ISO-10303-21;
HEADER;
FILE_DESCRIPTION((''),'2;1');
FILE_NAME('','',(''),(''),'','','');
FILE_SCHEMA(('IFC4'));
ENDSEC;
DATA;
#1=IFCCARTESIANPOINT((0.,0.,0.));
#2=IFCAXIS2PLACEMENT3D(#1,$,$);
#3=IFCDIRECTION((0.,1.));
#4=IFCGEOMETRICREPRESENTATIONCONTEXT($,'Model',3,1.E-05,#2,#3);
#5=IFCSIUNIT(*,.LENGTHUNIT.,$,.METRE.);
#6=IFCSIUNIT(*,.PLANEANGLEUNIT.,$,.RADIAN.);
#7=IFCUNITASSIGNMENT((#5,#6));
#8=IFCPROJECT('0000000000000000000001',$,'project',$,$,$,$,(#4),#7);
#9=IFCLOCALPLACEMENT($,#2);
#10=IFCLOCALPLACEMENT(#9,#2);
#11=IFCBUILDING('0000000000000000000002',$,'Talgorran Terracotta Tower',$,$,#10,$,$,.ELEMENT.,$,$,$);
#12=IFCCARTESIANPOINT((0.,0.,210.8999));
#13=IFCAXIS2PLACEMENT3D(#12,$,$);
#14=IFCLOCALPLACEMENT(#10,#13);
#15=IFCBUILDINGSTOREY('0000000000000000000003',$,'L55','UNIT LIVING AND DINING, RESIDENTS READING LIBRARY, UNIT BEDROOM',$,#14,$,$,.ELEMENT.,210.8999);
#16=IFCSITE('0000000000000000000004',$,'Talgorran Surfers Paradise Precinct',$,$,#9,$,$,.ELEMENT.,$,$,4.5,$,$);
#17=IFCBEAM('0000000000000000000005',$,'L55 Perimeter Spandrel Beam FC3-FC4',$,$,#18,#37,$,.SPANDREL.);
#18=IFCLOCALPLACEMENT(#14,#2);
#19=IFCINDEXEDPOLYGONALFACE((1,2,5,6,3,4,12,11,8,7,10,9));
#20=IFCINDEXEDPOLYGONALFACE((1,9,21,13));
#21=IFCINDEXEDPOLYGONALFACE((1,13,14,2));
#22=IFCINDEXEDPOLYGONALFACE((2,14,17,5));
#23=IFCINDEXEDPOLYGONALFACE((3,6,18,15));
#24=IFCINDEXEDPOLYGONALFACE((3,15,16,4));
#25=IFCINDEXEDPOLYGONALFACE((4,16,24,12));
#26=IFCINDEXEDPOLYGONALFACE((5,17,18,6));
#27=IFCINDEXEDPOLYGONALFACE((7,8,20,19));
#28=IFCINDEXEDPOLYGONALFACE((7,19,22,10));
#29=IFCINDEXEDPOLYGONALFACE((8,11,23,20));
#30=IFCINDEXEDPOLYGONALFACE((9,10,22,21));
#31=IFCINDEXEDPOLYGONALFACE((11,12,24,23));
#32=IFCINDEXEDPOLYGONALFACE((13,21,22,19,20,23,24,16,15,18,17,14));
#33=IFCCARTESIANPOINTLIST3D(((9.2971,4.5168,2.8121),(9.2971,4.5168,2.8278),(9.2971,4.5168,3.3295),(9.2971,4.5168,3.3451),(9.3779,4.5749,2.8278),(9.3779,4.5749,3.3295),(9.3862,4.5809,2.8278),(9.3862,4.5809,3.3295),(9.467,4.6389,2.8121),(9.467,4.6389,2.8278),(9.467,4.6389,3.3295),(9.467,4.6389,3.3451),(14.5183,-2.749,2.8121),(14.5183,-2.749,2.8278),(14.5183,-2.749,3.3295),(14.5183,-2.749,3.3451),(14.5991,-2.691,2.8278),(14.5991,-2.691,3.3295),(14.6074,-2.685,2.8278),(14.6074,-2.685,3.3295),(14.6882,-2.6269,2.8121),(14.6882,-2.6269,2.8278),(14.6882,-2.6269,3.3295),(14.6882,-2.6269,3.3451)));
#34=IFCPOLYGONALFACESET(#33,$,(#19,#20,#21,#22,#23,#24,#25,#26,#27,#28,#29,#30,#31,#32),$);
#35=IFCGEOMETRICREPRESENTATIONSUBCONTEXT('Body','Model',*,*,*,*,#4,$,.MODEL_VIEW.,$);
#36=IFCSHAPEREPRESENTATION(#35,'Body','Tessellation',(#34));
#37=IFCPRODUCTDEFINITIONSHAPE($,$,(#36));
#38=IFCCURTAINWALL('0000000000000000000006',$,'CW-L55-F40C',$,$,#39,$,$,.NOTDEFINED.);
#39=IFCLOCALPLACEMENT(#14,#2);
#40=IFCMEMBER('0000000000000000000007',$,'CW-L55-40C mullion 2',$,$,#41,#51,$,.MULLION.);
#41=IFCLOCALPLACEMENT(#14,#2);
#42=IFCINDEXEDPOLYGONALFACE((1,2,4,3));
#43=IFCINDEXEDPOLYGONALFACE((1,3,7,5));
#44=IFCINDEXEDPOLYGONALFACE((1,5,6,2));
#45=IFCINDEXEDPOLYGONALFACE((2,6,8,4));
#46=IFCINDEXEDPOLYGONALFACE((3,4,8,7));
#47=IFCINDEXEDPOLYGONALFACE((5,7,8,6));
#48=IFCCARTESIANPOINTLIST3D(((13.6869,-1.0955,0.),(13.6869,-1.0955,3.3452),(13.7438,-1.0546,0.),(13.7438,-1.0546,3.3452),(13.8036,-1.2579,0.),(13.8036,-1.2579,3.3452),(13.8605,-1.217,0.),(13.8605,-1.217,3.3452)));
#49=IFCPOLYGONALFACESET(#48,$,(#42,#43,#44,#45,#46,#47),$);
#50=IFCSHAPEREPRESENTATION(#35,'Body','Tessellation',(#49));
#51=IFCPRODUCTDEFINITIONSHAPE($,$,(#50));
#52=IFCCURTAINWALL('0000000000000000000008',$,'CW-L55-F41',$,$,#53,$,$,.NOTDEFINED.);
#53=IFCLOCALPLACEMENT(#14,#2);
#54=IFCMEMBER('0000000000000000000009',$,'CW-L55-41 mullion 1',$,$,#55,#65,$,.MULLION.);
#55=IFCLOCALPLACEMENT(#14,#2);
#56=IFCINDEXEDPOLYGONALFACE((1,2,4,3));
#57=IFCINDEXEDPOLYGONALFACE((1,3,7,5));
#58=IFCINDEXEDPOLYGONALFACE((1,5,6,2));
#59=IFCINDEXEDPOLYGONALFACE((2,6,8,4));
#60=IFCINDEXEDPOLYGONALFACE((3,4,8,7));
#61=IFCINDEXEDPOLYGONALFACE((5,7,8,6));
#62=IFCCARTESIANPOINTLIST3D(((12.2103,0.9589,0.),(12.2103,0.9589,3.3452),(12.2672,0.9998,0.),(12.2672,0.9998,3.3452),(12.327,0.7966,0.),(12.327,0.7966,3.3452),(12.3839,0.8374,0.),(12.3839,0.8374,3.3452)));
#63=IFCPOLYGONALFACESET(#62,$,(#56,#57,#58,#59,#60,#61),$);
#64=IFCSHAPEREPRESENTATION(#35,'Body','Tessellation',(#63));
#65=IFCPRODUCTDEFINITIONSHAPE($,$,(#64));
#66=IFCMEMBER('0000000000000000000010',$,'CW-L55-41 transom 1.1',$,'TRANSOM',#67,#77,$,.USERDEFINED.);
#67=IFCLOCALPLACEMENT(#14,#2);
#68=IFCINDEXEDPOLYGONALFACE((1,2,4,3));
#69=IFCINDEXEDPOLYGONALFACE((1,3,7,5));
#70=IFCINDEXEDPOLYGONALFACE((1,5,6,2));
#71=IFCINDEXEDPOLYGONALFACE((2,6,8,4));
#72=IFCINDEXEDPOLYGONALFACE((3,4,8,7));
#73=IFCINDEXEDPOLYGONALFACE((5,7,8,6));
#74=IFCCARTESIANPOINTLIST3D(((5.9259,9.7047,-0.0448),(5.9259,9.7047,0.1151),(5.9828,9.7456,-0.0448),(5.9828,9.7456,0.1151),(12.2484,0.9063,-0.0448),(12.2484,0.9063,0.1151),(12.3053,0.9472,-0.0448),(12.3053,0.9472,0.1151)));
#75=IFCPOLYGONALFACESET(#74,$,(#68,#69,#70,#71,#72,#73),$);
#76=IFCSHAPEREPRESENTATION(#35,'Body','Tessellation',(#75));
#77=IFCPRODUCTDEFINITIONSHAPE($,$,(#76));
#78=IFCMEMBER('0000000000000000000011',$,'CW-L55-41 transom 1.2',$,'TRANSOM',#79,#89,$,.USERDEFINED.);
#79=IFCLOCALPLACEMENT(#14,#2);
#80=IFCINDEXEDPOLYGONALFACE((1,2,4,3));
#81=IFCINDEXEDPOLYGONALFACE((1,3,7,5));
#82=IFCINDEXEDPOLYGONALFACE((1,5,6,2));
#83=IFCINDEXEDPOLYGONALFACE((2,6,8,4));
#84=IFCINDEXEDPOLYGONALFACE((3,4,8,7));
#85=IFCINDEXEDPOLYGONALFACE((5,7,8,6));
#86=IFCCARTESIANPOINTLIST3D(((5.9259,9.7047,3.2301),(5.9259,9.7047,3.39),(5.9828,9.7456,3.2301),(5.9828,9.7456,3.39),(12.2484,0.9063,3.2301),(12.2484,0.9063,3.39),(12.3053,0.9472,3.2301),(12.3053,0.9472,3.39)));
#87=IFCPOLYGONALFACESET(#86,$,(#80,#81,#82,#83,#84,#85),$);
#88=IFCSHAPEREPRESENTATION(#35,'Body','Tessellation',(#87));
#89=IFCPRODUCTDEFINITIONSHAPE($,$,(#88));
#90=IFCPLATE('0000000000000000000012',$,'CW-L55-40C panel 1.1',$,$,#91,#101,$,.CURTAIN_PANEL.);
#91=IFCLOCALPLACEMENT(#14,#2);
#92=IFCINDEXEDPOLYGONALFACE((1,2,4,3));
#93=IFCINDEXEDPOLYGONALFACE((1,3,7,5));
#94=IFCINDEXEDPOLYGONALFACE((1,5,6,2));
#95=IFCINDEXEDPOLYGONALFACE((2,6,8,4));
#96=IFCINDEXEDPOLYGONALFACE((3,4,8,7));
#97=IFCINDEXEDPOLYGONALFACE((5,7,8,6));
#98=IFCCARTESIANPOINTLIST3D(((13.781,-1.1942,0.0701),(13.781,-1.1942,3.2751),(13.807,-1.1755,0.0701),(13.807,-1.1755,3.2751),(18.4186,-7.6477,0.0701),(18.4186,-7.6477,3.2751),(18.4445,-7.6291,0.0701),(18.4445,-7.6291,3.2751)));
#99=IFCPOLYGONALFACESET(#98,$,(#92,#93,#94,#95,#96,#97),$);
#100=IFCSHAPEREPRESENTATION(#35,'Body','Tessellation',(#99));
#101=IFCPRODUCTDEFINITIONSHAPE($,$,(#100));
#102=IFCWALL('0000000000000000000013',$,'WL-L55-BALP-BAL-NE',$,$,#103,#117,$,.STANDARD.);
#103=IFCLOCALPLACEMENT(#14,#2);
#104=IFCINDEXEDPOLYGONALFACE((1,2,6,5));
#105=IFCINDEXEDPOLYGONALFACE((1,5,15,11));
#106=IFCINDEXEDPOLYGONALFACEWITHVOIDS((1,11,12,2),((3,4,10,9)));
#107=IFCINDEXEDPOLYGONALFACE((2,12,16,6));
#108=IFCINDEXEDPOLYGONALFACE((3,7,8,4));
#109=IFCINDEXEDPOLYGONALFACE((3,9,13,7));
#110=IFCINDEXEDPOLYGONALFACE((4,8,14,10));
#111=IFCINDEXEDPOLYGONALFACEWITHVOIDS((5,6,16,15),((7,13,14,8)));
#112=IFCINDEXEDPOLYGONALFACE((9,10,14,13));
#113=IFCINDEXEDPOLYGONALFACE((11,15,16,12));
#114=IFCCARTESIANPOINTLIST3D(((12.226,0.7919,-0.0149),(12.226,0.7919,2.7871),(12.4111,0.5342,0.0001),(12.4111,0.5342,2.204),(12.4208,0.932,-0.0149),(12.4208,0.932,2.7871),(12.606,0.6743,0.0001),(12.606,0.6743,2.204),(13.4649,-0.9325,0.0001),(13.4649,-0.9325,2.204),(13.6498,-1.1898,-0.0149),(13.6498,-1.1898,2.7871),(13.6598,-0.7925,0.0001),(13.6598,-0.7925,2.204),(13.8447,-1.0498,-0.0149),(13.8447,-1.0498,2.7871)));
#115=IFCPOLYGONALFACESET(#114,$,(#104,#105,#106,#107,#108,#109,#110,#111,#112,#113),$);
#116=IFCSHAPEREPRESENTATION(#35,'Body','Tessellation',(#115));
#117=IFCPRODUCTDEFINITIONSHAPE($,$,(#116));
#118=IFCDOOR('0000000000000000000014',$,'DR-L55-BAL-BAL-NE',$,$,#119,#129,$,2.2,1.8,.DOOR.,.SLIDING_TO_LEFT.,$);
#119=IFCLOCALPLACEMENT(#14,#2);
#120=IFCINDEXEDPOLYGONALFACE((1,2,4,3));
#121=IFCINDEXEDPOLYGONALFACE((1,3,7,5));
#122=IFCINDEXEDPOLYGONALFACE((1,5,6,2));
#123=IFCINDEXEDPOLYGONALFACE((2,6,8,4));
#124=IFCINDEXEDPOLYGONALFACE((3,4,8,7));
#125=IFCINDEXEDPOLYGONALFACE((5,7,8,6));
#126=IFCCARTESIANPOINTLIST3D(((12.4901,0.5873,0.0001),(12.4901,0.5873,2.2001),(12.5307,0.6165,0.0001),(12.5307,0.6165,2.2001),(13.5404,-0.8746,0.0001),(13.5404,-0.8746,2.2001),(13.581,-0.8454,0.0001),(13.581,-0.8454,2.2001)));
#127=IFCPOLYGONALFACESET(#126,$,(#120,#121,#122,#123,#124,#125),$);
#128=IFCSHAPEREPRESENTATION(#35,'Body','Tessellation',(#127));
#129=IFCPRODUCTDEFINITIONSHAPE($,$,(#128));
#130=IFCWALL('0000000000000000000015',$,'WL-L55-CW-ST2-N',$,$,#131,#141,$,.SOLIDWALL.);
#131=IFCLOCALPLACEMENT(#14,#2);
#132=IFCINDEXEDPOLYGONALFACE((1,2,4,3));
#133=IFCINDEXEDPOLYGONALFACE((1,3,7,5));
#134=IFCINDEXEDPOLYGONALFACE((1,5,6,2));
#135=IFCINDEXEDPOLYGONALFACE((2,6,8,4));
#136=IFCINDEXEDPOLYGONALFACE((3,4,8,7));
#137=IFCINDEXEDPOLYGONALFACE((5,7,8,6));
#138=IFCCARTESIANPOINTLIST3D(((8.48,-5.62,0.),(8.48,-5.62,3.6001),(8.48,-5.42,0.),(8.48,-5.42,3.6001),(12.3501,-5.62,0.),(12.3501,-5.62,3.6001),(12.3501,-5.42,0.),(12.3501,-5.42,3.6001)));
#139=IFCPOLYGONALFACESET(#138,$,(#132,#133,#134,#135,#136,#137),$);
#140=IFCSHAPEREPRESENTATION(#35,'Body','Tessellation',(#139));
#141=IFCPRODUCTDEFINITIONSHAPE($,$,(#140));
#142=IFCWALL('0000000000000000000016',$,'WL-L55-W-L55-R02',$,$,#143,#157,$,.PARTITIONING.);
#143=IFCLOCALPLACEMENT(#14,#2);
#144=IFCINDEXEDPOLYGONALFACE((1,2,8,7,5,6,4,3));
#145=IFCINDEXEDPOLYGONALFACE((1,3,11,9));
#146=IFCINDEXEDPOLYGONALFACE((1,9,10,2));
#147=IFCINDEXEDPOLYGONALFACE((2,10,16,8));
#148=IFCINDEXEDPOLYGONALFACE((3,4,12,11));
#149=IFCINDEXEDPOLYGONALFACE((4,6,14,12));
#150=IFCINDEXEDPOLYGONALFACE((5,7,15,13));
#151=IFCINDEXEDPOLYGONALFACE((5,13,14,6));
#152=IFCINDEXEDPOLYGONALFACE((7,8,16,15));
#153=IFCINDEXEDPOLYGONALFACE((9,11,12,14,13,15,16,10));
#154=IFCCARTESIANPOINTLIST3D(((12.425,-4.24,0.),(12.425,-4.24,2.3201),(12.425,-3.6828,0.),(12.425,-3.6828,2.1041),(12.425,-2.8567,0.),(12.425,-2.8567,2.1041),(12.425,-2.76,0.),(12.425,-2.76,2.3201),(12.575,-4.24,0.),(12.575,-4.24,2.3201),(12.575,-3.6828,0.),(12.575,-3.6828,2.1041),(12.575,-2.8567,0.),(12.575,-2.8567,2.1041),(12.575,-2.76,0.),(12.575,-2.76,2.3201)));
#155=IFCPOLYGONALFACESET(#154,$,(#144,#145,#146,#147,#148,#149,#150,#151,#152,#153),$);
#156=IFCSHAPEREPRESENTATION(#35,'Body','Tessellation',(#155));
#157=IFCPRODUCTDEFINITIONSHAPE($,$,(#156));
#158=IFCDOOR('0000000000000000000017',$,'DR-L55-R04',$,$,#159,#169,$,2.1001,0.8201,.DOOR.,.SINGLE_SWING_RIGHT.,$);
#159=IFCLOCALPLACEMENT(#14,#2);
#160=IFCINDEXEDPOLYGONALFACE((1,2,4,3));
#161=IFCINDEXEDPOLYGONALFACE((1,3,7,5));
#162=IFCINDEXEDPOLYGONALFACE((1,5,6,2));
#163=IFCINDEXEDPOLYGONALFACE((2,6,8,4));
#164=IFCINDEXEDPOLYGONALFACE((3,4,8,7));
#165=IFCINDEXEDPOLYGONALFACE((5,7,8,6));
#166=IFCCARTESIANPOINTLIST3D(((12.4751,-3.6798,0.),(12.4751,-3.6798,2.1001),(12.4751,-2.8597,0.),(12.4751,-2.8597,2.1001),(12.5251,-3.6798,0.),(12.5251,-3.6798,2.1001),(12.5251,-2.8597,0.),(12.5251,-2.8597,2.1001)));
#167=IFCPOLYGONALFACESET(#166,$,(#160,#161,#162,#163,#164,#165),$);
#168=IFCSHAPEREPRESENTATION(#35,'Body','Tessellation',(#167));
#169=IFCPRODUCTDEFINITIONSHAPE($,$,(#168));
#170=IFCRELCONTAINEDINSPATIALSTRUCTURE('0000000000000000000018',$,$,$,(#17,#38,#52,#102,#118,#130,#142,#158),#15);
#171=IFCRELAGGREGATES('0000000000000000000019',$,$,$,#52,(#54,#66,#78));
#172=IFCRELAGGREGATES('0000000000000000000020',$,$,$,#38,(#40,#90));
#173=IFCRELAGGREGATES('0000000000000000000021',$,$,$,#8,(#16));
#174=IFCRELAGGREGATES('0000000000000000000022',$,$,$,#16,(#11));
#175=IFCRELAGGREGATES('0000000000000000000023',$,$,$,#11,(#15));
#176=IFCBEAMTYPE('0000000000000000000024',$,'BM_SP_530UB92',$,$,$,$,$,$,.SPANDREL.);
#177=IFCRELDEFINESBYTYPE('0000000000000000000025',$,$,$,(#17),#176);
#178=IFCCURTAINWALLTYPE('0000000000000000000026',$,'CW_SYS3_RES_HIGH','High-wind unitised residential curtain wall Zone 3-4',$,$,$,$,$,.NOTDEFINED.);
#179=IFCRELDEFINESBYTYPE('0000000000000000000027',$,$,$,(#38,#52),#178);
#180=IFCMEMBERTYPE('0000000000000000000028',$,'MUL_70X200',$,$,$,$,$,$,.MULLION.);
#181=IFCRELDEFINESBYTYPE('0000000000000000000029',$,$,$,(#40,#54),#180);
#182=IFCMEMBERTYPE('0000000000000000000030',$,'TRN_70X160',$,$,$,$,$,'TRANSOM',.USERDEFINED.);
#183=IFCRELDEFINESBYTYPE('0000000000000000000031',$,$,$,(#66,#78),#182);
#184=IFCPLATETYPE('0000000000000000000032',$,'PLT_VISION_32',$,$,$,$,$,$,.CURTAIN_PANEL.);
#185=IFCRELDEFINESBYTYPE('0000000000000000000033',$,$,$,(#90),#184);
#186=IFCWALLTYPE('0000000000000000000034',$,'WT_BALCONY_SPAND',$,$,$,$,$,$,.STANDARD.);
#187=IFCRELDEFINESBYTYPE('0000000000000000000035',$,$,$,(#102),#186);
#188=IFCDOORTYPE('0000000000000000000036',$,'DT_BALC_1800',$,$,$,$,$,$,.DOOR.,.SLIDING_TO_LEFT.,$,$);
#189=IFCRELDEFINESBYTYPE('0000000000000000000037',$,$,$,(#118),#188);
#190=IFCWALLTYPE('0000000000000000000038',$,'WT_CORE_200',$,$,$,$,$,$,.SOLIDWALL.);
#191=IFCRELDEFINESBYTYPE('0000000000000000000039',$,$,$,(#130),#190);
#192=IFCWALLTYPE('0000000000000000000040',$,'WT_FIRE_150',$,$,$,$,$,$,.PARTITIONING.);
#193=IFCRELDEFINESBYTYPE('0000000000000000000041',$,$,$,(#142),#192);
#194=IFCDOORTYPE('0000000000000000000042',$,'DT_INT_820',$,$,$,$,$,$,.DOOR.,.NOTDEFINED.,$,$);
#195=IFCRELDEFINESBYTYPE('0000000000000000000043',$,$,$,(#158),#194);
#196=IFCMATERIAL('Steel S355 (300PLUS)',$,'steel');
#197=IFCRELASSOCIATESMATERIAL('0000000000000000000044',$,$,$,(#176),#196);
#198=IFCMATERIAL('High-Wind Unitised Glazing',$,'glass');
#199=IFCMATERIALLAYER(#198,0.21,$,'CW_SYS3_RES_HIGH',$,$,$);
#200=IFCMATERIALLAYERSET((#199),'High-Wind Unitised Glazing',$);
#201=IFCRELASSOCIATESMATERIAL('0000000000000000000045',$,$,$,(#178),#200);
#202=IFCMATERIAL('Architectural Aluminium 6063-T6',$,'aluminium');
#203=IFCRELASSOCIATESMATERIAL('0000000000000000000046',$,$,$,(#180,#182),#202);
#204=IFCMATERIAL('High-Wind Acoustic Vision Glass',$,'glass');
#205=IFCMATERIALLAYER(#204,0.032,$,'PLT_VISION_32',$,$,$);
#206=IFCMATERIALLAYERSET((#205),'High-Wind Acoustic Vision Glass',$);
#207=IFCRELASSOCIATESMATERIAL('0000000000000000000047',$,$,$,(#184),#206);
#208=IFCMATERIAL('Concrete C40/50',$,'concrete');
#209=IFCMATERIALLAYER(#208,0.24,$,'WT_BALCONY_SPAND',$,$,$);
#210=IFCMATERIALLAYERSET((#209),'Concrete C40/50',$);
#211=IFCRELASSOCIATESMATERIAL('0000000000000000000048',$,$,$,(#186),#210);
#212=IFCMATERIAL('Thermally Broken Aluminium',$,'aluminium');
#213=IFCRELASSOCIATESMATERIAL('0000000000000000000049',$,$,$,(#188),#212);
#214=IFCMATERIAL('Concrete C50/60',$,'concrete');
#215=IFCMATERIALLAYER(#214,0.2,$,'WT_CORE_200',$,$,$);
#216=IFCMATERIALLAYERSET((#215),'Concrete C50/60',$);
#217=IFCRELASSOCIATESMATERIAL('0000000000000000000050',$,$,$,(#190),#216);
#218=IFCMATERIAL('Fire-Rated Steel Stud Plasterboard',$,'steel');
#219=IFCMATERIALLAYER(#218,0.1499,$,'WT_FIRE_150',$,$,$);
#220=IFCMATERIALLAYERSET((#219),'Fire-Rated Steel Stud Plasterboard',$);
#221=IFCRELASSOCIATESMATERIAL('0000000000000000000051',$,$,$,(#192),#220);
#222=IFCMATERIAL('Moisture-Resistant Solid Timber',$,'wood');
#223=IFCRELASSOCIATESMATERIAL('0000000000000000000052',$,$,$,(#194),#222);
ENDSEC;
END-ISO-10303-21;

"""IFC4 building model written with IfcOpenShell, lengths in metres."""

from ifc_helpers import new_model, si_unit, direction, frame, frame_2d, origin, origin_2d, place, context, subcontext, project, spatial, rectangle, i_section, extrude, source, transform, mapped, material, layer, layer_set, material_profile, profile_set, type_object, type_shapes, element, fill, aggregate, save


model = new_model("IFC4")

# Units and contexts
model_context = context("Model", 3, precision=1e-05, world=origin(), true_north=direction((0.0, 1.0)))
body_context = subcontext(model_context, "Body", "Model", "MODEL_VIEW")
ifc_project = project(units=[si_unit("LENGTHUNIT", "METRE"), si_unit("PLANEANGLEUNIT", "RADIAN")], contexts=[model_context])

# Site, building, storey
site_placement = place(None, origin())
site = spatial("IfcSite", under=ifc_project, at=site_placement, Name="Talgorran Surfers Paradise Precinct", CompositionType="ELEMENT", RefElevation=4.5)
building_placement = place(site_placement, origin())
building = spatial("IfcBuilding", under=site, at=building_placement, Name="Talgorran Terracotta Tower", CompositionType="ELEMENT")
storey_placement = place(building_placement, frame((0.0, 0.0, 210.8999)))
storey = spatial("IfcBuildingStorey", under=building, at=storey_placement, Name="L55", Description="UNIT LIVING AND DINING, RESIDENTS READING LIBRARY, UNIT BEDROOM", CompositionType="ELEMENT", Elevation=210.8999)

# Shared definitions
ifc_material_1 = material(Name="Steel S355 (300PLUS)", Category="steel")

# Beam
ifc_material_profile_1 = material_profile(ifc_material_1, i_section(OverallWidth=0.2092, OverallDepth=0.533, WebThickness=0.0103, FlangeThickness=0.0156, at=origin_2d()), Name="530UB92.4")
ifc_profile_set_1 = profile_set([ifc_material_profile_1], Name="Steel S355 (300PLUS)")
beam_type_1 = type_object("IfcBeamType", Name="BM_SP_530UB92", PredefinedType="SPANDREL", material=ifc_profile_set_1)
beam_1_placement = place(storey_placement, frame((14.6033, -2.688, 3.0786), z_axis=(-0.583551, 0.812076, 0.0), x_axis=(-0.812076, -0.583551, 0.0)))
element("IfcBeam", 1, at=beam_1_placement, inside=storey, type_object=beam_type_1, Name="L55 Perimeter Spandrel Beam FC3-FC4", PredefinedType="SPANDREL", context=body_context, shape_type="SweptSolid", body=[
    extrude(i_section(OverallWidth=0.2092, OverallDepth=0.533, WebThickness=0.0103, FlangeThickness=0.0156, at=origin_2d()), origin(), (0.0, 0.0, 1.0), 8.9473),
])

# Curtain wall, member
ifc_material_2 = material(Name="High-Wind Unitised Glazing", Category="glass")
ifc_layer_1 = layer(ifc_material_2, 0.21, Name="CW_SYS3_RES_HIGH")
ifc_layer_set_1 = layer_set([ifc_layer_1], Name="High-Wind Unitised Glazing")
curtain_wall_type = type_object("IfcCurtainWallType", Name="CW_SYS3_RES_HIGH", Description="High-wind unitised residential curtain wall Zone 3-4", PredefinedType="NOTDEFINED", material=ifc_layer_set_1)
curtain_wall_1_placement = place(storey_placement, origin())
curtain_wall_1 = element("IfcCurtainWall", 2, at=curtain_wall_1_placement, inside=storey, type_object=curtain_wall_type, Name="CW-L55-F40C", PredefinedType="NOTDEFINED")
ifc_material_3 = material(Name="Architectural Aluminium 6063-T6", Category="aluminium")
ifc_material_profile_2 = material_profile(ifc_material_3, rectangle(XDim=0.0701, YDim=0.2, at=origin_2d()), Name="CWM70X200")
ifc_profile_set_2 = profile_set([ifc_material_profile_2], Name="Architectural Aluminium 6063-T6")
member_type_1 = type_object("IfcMemberType", Name="MUL_70X200", PredefinedType="MULLION", material=ifc_profile_set_2)
member_1_placement = place(storey_placement, frame((13.7737, -1.1562, 0.0), z_axis=(0.0, 0.0, 1.0), x_axis=(-0.812073, -0.583557, 0.0)))
member_1 = element("IfcMember", 3, at=member_1_placement, type_object=member_type_1, Name="CW-L55-40C mullion 2", PredefinedType="MULLION", context=body_context, shape_type="SweptSolid", body=[
    extrude(rectangle(XDim=0.0701, YDim=0.2, at=origin_2d()), origin(), (0.0, 0.0, 1.0), 3.3452),
])

# Curtain wall, members
curtain_wall_2_placement = place(storey_placement, origin())
curtain_wall_2 = element("IfcCurtainWall", 4, at=curtain_wall_2_placement, inside=storey, type_object=curtain_wall_type, Name="CW-L55-F41", PredefinedType="NOTDEFINED")
member_2_placement = place(storey_placement, frame((12.2971, 0.8982, 0.0), z_axis=(0.0, 0.0, 1.0), x_axis=(-0.812079, -0.583548, 0.0)))
member_2 = element("IfcMember", 5, at=member_2_placement, type_object=member_type_1, Name="CW-L55-41 mullion 1", PredefinedType="MULLION", context=body_context, shape_type="SweptSolid", body=[
    extrude(rectangle(XDim=0.0701, YDim=0.2, at=origin_2d()), origin(), (0.0, 0.0, 1.0), 3.3452),
])
ifc_material_profile_3 = material_profile(ifc_material_3, rectangle(XDim=0.0701, YDim=0.1599, at=origin_2d()), Name="CWT70X160")
ifc_profile_set_3 = profile_set([ifc_material_profile_3], Name="Architectural Aluminium 6063-T6")
member_type_2 = type_object("IfcMemberType", Name="TRN_70X160", ElementType="TRANSOM", PredefinedType="USERDEFINED", material=ifc_profile_set_3)
member_3_placement = place(storey_placement, frame((12.2769, 0.9268, 0.0352), z_axis=(-0.583557, 0.812072, 0.0), x_axis=(-0.812072, -0.583557, 0.0)))
member_3 = element("IfcMember", 6, at=member_3_placement, type_object=member_type_2, Name="CW-L55-41 transom 1.1", ObjectType="TRANSOM", PredefinedType="USERDEFINED", context=body_context, shape_type="SweptSolid", body=[
    extrude(rectangle(XDim=0.0701, YDim=0.1599, at=origin_2d()), origin(), (0.0, 0.0, 1.0), 10.8345),
])
member_4_placement = place(storey_placement, frame((12.2769, 0.9268, 3.3101), z_axis=(-0.583557, 0.812072, 0.0), x_axis=(-0.812072, -0.583557, 0.0)))
member_4 = element("IfcMember", 7, at=member_4_placement, type_object=member_type_2, Name="CW-L55-41 transom 1.2", ObjectType="TRANSOM", PredefinedType="USERDEFINED", context=body_context, shape_type="SweptSolid", body=[
    extrude(rectangle(XDim=0.0701, YDim=0.1599, at=origin_2d()), origin(), (0.0, 0.0, 1.0), 10.8345),
])
aggregate(curtain_wall_2, [member_2, member_3, member_4])

# Plate
ifc_material_4 = material(Name="High-Wind Acoustic Vision Glass", Category="glass")
ifc_layer_2 = layer(ifc_material_4, 0.032, Name="PLT_VISION_32")
ifc_layer_set_2 = layer_set([ifc_layer_2], Name="High-Wind Acoustic Vision Glass")
plate_type = type_object("IfcPlateType", Name="PLT_VISION_32", PredefinedType="CURTAIN_PANEL", material=ifc_layer_set_2)
shared_shape = source(origin(), body_context, "Body", "SweptSolid", [
    extrude(rectangle(XDim=7.947, YDim=0.032, at=origin_2d()), origin(), (0.0, 0.0, 1.0), 3.2051),
])
type_shapes(plate_type, [shared_shape])
plate_placement = place(storey_placement, frame((16.1128, -4.4116, 0.0701), z_axis=(0.0, 0.0, 1.0), x_axis=(-0.583557, 0.812073, 0.0)))
plate = element("IfcPlate", 8, at=plate_placement, type_object=plate_type, Name="CW-L55-40C panel 1.1", PredefinedType="CURTAIN_PANEL", context=body_context, shape_type="MappedRepresentation", body=[
    mapped(shared_shape, transform((0.0, 0.0, 0.0), scale=1.0)),
])
aggregate(curtain_wall_1, [member_1, plate])

# Wall, opening, door
ifc_material_5 = material(Name="Concrete C40/50", Category="concrete")
ifc_layer_3 = layer(ifc_material_5, 0.24, Name="WT_BALCONY_SPAND")
ifc_layer_set_3 = layer_set([ifc_layer_3], Name="Concrete C40/50")
wall_type_1 = type_object("IfcWallType", Name="WT_BALCONY_SPAND", PredefinedType="STANDARD", material=ifc_layer_set_3)
wall_1_placement = place(storey_placement, frame((13.7473, -1.1199, -0.0149), z_axis=(0.0, 0.0, 1.0), x_axis=(-0.583498, 0.812115, 0.0)))
wall_1 = element("IfcWall", 9, at=wall_1_placement, inside=storey, type_object=wall_type_1, Name="WL-L55-BALP-BAL-NE", PredefinedType="STANDARD", context=body_context, shape_type="SweptSolid", body=[
    extrude(rectangle(XDim=2.4402, YDim=0.24, at=frame_2d((1.2202, 0.0))), origin(), (0.0, 0.0, 1.0), 2.802),
])
opening_1_placement = place(wall_1_placement, frame((0.3201, 0.0, 0.0149)))
opening_1 = element("IfcOpeningElement", 10, at=opening_1_placement, cuts=wall_1, PredefinedType="OPENING", context=body_context, shape_type="SweptSolid", body=[
    extrude(rectangle(XDim=1.806, YDim=2.204, at=frame_2d((0.8999, 1.1021))), frame((0.0, 0.1299, 0.0), z_axis=(0.0, -1.0, 0.0), x_axis=(1.0, 0.0, 0.0)), (0.0, 0.0, 1.0), 0.26),
])
ifc_material_6 = material(Name="Thermally Broken Aluminium", Category="aluminium")
door_type_1 = type_object("IfcDoorType", Name="DT_BALC_1800", OperationType="SLIDING_TO_LEFT", PredefinedType="DOOR", material=ifc_material_6)
door_1_placement = place(opening_1_placement, origin())
door_1 = element("IfcDoor", 11, at=door_1_placement, inside=storey, type_object=door_type_1, Name="DR-L55-BAL-BAL-NE", OperationType="SLIDING_TO_LEFT", OverallHeight=2.2, OverallWidth=1.8, PredefinedType="DOOR", context=body_context, shape_type="SweptSolid", body=[
    extrude(rectangle(XDim=1.8, YDim=2.2, at=frame_2d((0.8999, 1.1001))), frame((0.0, 0.0249, 0.0), z_axis=(0.0, -1.0, 0.0), x_axis=(1.0, 0.0, 0.0)), (0.0, 0.0, 1.0), 0.05),
])
fill(opening_1, door_1)

# Wall
ifc_material_7 = material(Name="Concrete C50/60", Category="concrete")
ifc_layer_4 = layer(ifc_material_7, 0.2, Name="WT_CORE_200")
ifc_layer_set_4 = layer_set([ifc_layer_4], Name="Concrete C50/60")
wall_type_2 = type_object("IfcWallType", Name="WT_CORE_200", PredefinedType="SOLIDWALL", material=ifc_layer_set_4)
wall_2_placement = place(storey_placement, frame((8.48, -5.52, 0.0), z_axis=(0.0, 0.0, 1.0), x_axis=(1.0, 0.0, 0.0)))
element("IfcWall", 12, at=wall_2_placement, inside=storey, type_object=wall_type_2, Name="WL-L55-CW-ST2-N", PredefinedType="SOLIDWALL", context=body_context, shape_type="SweptSolid", body=[
    extrude(rectangle(XDim=3.8701, YDim=0.2, at=frame_2d((1.9351, 0.0))), origin(), (0.0, 0.0, 1.0), 3.6001),
])

# Wall, opening, door
ifc_material_8 = material(Name="Fire-Rated Steel Stud Plasterboard", Category="steel")
ifc_layer_5 = layer(ifc_material_8, 0.1499, Name="WT_FIRE_150")
ifc_layer_set_5 = layer_set([ifc_layer_5], Name="Fire-Rated Steel Stud Plasterboard")
wall_type_3 = type_object("IfcWallType", Name="WT_FIRE_150", PredefinedType="PARTITIONING", material=ifc_layer_set_5)
wall_3_placement = place(storey_placement, frame((12.5, -4.24, 0.0), z_axis=(0.0, 0.0, 1.0), x_axis=(0.0, 1.0, 0.0)))
wall_3 = element("IfcWall", 13, at=wall_3_placement, inside=storey, type_object=wall_type_3, Name="WL-L55-W-L55-R02", PredefinedType="PARTITIONING", context=body_context, shape_type="SweptSolid", body=[
    extrude(rectangle(XDim=1.48, YDim=0.1499, at=frame_2d((0.74, 0.0))), origin(), (0.0, 0.0, 1.0), 2.3201),
])
opening_2_placement = place(wall_3_placement, frame((0.5601, 0.0, 0.0)))
opening_2 = element("IfcOpeningElement", 14, at=opening_2_placement, cuts=wall_3, PredefinedType="OPENING", context=body_context, shape_type="SweptSolid", body=[
    extrude(rectangle(XDim=0.8261, YDim=2.1041, at=frame_2d((0.4102, 1.052))), frame((0.0, 0.085, 0.0), z_axis=(0.0, -1.0, 0.0), x_axis=(1.0, 0.0, 0.0)), (0.0, 0.0, 1.0), 0.1699),
])
ifc_material_9 = material(Name="Moisture-Resistant Solid Timber", Category="wood")
door_type_2 = type_object("IfcDoorType", Name="DT_INT_820", OperationType="NOTDEFINED", PredefinedType="DOOR", material=ifc_material_9)
door_2_placement = place(opening_2_placement, origin())
door_2 = element("IfcDoor", 15, at=door_2_placement, inside=storey, type_object=door_type_2, Name="DR-L55-R04", OperationType="SINGLE_SWING_RIGHT", OverallHeight=2.1001, OverallWidth=0.8201, PredefinedType="DOOR", context=body_context, shape_type="SweptSolid", body=[
    extrude(rectangle(XDim=0.8201, YDim=2.1001, at=frame_2d((0.4102, 1.05))), frame((0.0, 0.0249, 0.0), z_axis=(0.0, -1.0, 0.0), x_axis=(1.0, 0.0, 0.0)), (0.0, 0.0, 1.0), 0.05),
])
fill(opening_2, door_2)

save(model, "model.ifc")
